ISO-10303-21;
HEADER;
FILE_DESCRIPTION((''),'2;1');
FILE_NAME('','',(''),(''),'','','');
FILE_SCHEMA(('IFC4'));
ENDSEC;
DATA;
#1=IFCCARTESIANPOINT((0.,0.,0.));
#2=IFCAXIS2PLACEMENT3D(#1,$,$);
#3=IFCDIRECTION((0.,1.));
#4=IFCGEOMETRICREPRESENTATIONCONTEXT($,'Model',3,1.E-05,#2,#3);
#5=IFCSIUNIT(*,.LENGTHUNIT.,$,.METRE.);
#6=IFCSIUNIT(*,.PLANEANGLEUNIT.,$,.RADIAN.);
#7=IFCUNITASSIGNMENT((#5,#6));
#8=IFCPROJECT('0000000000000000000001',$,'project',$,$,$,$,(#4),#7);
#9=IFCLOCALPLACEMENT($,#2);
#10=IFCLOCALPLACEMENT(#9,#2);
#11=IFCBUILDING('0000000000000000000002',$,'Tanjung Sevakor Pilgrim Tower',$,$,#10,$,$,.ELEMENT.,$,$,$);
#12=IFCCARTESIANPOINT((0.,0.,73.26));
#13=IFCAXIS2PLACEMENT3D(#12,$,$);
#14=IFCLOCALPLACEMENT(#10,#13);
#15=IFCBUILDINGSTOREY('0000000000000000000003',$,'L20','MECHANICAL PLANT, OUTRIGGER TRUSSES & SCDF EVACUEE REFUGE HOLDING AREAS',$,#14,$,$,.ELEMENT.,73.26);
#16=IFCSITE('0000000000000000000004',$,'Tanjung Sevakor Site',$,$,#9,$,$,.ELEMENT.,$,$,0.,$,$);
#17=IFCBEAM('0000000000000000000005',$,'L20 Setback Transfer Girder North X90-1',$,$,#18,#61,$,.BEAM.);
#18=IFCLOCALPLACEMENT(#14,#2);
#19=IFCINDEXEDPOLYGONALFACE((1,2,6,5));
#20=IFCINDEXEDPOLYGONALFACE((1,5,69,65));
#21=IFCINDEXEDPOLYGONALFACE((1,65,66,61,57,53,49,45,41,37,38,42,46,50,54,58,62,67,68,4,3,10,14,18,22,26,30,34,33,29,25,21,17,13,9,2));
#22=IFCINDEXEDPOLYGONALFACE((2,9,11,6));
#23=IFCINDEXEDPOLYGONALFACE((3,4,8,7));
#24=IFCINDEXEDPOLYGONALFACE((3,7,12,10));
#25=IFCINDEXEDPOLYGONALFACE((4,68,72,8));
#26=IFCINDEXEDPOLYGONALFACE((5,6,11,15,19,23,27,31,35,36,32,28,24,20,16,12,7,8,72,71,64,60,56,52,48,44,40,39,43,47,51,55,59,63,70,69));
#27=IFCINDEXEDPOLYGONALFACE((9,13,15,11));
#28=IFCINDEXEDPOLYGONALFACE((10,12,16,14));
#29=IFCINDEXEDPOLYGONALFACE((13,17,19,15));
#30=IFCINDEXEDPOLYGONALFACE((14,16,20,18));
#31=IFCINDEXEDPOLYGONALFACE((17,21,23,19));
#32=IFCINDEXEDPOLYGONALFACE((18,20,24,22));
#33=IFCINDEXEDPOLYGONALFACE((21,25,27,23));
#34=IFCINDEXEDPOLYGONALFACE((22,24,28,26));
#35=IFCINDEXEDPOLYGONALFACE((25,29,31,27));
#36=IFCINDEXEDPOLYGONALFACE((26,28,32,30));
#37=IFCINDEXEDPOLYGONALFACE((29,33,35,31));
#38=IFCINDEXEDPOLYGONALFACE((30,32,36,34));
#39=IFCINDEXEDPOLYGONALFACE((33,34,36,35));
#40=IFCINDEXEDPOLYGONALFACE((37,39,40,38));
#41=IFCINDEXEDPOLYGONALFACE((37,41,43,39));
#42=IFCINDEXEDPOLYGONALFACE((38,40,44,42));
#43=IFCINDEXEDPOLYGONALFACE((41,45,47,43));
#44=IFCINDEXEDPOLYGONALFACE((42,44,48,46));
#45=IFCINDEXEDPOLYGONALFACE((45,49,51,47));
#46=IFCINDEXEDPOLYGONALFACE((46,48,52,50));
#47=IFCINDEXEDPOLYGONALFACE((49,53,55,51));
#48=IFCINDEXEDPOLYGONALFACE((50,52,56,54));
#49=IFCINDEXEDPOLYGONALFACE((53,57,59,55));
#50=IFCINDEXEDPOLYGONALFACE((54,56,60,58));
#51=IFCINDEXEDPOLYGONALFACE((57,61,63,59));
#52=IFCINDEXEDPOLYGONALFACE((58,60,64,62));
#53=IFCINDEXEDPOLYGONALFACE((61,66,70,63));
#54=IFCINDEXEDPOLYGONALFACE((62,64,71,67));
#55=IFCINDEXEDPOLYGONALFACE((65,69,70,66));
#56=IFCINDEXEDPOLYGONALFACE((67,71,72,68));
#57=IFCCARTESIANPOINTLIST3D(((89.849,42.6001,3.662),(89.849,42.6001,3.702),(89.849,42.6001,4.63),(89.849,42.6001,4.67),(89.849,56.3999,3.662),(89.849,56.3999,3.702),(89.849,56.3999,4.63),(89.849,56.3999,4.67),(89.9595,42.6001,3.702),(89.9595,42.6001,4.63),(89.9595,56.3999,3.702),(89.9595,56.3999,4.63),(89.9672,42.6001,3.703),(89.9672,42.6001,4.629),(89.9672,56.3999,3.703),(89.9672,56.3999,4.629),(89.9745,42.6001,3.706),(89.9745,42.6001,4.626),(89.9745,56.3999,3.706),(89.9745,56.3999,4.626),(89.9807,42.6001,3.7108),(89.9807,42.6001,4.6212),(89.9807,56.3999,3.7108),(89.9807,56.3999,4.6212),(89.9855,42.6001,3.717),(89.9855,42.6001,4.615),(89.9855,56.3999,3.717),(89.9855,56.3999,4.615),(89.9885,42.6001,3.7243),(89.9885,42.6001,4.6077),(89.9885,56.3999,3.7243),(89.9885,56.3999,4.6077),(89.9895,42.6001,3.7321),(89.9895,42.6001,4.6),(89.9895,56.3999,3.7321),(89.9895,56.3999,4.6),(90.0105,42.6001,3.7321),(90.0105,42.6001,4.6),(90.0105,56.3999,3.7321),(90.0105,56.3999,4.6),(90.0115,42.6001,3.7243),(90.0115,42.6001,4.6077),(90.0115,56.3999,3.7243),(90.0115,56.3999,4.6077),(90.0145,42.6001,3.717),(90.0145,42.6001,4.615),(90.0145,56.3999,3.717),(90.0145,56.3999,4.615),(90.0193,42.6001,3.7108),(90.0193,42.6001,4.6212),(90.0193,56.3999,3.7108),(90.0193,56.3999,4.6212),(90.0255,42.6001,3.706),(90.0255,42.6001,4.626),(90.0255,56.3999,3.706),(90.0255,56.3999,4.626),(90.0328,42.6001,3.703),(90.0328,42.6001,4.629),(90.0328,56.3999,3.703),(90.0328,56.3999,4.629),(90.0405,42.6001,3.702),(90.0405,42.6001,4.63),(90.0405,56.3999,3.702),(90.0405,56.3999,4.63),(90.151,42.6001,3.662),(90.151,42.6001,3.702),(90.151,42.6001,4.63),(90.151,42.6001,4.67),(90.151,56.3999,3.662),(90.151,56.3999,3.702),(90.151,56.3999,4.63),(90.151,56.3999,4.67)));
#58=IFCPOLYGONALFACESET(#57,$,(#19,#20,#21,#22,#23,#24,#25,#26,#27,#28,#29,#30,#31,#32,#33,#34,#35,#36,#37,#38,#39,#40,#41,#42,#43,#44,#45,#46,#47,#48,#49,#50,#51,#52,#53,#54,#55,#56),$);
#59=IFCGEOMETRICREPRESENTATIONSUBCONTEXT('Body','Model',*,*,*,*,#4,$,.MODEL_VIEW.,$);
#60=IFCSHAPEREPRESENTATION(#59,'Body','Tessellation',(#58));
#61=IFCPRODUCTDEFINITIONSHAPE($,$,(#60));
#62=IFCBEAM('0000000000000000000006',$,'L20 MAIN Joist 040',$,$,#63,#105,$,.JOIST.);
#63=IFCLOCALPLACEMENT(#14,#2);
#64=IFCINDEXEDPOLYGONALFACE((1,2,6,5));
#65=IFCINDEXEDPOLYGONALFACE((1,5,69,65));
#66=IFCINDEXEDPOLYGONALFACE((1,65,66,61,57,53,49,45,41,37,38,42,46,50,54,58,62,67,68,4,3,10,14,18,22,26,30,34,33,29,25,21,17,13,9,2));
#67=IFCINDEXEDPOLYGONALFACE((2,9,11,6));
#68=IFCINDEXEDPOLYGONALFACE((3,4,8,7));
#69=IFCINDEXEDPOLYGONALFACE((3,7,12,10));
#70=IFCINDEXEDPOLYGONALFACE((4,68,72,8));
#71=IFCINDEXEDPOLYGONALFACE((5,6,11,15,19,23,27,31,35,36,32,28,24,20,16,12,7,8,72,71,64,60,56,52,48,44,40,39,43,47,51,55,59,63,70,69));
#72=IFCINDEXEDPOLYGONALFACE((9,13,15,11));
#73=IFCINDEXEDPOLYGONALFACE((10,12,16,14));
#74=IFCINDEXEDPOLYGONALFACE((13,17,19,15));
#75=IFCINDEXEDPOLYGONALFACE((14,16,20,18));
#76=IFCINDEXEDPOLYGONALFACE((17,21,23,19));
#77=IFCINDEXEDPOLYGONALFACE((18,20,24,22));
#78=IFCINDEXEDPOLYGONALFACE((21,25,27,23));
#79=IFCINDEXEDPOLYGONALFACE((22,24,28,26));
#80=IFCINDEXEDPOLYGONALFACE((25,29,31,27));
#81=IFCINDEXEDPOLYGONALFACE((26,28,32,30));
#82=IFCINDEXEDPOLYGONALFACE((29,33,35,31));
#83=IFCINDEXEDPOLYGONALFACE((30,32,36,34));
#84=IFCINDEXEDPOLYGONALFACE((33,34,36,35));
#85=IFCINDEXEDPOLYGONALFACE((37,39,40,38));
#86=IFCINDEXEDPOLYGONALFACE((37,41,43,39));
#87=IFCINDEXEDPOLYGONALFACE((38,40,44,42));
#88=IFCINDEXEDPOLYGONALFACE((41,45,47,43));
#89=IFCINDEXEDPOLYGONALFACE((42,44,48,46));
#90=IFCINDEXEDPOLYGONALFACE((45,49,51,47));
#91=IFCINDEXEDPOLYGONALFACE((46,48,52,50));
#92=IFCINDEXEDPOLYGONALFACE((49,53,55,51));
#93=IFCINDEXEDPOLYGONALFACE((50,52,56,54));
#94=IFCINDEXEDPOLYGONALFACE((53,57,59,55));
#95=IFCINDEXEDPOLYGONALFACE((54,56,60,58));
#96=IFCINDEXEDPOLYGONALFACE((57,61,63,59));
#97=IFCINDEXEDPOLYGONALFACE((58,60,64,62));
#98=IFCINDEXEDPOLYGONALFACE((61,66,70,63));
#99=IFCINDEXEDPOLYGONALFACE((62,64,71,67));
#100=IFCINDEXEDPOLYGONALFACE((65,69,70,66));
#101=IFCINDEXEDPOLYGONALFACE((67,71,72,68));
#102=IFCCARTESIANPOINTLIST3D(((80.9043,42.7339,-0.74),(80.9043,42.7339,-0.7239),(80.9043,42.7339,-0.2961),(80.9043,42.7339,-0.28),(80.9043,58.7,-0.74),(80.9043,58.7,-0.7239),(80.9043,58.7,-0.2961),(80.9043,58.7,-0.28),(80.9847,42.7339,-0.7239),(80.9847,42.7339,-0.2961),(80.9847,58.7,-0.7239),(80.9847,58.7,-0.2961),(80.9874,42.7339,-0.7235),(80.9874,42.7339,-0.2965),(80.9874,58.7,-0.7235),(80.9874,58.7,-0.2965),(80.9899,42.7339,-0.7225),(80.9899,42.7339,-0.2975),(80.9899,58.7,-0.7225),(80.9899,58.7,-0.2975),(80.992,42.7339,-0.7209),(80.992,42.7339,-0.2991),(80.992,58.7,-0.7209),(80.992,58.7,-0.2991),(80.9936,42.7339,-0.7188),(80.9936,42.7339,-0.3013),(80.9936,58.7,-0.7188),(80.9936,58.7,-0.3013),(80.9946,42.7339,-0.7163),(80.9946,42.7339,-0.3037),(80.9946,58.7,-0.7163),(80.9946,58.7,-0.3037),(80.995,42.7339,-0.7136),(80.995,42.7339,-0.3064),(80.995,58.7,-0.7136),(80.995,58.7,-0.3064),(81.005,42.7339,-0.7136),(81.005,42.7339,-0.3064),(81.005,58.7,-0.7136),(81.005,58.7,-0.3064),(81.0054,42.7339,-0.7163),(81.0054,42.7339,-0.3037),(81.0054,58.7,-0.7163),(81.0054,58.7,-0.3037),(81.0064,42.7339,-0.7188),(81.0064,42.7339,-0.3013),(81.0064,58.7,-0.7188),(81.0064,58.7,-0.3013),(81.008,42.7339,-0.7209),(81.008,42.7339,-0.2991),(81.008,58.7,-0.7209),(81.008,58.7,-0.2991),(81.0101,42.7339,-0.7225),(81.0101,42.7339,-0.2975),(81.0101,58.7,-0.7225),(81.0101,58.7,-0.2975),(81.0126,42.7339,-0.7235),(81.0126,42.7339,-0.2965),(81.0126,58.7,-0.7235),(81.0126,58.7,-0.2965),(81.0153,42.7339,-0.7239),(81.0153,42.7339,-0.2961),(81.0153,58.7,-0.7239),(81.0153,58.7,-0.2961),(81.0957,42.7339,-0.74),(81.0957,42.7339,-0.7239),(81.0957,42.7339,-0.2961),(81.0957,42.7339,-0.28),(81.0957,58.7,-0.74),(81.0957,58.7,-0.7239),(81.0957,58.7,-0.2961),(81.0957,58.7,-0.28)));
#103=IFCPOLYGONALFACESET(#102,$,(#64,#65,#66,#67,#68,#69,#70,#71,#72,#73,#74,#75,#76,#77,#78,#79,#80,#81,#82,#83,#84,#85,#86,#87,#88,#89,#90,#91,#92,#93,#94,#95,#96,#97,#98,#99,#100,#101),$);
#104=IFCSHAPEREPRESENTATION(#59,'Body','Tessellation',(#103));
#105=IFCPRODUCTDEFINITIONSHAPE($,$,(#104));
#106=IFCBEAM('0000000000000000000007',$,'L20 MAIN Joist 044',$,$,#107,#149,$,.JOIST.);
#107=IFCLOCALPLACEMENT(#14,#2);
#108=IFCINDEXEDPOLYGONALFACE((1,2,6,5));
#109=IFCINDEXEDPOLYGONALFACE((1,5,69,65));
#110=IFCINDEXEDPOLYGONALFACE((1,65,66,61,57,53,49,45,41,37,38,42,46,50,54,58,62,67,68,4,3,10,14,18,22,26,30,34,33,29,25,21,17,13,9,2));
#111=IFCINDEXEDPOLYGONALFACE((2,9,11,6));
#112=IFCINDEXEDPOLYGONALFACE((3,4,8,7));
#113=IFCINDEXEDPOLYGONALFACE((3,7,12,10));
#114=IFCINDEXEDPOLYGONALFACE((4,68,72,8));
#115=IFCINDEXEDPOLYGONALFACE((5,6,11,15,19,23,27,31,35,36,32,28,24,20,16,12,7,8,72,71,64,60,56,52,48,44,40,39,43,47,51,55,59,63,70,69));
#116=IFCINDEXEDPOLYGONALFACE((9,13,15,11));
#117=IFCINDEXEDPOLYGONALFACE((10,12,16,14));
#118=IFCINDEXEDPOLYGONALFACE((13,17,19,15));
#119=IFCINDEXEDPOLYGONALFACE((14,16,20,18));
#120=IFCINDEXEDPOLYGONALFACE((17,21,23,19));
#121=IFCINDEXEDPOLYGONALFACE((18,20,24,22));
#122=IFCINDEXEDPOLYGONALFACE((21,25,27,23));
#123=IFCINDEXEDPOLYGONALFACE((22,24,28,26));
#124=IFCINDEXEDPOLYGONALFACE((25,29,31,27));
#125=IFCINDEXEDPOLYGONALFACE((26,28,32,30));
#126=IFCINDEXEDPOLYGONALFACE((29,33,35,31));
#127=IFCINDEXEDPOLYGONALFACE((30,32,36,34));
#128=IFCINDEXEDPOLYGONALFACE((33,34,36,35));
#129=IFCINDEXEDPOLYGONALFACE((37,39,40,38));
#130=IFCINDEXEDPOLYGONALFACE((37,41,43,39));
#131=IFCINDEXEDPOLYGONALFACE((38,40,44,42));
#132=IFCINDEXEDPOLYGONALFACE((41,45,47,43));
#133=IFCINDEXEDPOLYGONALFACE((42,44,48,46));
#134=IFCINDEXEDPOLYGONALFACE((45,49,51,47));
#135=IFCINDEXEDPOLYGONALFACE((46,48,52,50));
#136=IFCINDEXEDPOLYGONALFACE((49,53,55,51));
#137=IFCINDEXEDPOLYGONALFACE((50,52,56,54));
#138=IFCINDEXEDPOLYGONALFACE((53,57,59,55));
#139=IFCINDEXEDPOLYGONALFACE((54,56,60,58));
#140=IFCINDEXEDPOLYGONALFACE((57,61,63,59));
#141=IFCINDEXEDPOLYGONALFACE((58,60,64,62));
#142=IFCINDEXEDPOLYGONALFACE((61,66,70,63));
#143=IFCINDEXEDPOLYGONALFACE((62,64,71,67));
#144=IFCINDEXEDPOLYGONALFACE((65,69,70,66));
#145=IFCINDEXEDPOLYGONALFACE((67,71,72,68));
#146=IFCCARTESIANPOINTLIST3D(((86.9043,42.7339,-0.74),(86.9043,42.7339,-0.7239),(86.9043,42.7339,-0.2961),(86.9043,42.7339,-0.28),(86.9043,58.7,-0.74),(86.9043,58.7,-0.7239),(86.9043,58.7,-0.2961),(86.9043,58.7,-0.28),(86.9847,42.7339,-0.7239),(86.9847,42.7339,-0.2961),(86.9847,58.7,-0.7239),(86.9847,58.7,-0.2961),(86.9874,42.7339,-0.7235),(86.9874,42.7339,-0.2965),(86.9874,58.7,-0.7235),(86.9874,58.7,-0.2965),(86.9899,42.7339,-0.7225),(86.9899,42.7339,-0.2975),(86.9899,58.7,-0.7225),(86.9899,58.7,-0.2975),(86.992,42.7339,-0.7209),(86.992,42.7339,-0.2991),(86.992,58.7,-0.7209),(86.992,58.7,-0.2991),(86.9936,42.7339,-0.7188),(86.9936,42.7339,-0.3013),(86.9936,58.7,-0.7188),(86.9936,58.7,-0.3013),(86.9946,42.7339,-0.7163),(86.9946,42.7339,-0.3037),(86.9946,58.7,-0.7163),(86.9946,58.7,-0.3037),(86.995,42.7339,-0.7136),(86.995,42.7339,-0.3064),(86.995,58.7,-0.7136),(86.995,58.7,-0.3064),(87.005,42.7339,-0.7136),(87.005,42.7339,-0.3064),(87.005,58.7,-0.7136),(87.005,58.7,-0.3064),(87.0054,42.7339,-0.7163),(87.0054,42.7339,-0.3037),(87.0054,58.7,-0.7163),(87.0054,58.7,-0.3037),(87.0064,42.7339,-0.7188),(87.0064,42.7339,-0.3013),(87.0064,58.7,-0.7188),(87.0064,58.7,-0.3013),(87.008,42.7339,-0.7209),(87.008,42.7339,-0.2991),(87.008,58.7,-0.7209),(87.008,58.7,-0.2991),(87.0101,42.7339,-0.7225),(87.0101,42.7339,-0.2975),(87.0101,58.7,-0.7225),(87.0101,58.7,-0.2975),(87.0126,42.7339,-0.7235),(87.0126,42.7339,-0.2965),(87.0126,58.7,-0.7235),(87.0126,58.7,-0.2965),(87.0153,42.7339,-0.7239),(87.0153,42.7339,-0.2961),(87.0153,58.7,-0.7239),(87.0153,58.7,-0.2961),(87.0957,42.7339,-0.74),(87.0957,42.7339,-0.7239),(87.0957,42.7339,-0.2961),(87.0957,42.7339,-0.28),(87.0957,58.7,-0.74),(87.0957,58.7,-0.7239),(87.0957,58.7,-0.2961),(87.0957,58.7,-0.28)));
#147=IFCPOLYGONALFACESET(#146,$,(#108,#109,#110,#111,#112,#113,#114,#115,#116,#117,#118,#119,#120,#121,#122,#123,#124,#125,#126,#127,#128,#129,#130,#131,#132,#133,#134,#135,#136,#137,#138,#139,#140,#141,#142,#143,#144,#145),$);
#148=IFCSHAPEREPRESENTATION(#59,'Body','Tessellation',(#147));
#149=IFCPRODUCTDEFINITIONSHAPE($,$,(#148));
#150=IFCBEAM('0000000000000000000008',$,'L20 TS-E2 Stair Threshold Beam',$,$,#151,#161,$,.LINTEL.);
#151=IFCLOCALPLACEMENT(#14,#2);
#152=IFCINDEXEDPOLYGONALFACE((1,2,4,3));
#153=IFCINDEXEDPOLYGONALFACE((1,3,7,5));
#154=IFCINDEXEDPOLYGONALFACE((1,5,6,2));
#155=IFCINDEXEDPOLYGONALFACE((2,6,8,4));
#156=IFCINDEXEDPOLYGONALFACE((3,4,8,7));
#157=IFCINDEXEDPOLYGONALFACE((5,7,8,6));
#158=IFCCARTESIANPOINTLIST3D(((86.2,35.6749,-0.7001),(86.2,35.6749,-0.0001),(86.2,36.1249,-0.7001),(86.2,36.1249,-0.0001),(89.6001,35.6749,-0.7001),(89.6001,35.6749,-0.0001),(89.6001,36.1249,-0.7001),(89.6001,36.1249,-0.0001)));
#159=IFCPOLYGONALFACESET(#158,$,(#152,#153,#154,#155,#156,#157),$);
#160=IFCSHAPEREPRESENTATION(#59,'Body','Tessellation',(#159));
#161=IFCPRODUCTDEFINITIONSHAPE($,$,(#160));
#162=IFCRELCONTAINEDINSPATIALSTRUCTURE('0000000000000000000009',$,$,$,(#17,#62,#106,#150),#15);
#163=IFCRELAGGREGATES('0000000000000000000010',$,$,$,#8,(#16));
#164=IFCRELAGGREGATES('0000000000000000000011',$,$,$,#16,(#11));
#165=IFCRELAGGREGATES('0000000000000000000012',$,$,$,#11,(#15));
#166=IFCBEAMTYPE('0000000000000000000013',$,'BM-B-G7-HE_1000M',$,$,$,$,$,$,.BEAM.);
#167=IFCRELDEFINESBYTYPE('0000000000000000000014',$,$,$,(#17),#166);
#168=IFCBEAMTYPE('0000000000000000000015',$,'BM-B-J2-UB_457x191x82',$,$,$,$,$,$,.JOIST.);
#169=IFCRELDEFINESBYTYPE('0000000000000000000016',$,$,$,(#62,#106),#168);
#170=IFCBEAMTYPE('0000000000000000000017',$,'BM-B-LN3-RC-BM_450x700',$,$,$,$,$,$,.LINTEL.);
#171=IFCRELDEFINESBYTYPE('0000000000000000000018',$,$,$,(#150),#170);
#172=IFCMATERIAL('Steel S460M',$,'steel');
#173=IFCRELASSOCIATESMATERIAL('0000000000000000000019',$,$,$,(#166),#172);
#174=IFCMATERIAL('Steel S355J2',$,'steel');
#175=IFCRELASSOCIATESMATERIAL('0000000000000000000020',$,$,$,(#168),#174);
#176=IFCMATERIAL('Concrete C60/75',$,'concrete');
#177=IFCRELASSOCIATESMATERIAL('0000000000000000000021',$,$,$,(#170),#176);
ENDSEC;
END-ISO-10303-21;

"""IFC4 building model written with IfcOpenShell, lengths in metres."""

from ifc_helpers import new_model, si_unit, direction, frame, origin, origin_2d, place, context, subcontext, project, spatial, rectangle, i_section, extrude, material, material_profile, profile_set, type_object, element, save


model = new_model("IFC4")

# Units and contexts
model_context = context("Model", 3, precision=1e-05, world=origin(), true_north=direction((0.0, 1.0)))
body_context = subcontext(model_context, "Body", "Model", "MODEL_VIEW")
ifc_project = project(units=[si_unit("LENGTHUNIT", "METRE"), si_unit("PLANEANGLEUNIT", "RADIAN")], contexts=[model_context])

# Site, building, storey
site_placement = place(None, origin())
site = spatial("IfcSite", under=ifc_project, at=site_placement, Name="Tanjung Sevakor Site", CompositionType="ELEMENT", RefElevation=0.0)
building_placement = place(site_placement, origin())
building = spatial("IfcBuilding", under=site, at=building_placement, Name="Tanjung Sevakor Pilgrim Tower", CompositionType="ELEMENT")
storey_placement = place(building_placement, frame((0.0, 0.0, 73.26)))
storey = spatial("IfcBuildingStorey", under=building, at=storey_placement, Name="L20", Description="MECHANICAL PLANT, OUTRIGGER TRUSSES & SCDF EVACUEE REFUGE HOLDING AREAS", CompositionType="ELEMENT", Elevation=73.26)

# Beams
ifc_material_1 = material(Name="Steel S460M", Category="steel")
ifc_material_profile_1 = material_profile(ifc_material_1, i_section(OverallWidth=0.302, OverallDepth=1.0081, WebThickness=0.021, FlangeThickness=0.04, FilletRadius=0.03, at=origin_2d()))
ifc_profile_set_1 = profile_set([ifc_material_profile_1], Name="Steel S460M")
beam_type_1 = type_object("IfcBeamType", Name="BM-B-G7-HE_1000M", PredefinedType="BEAM", material=ifc_profile_set_1)
for number, where, z_axis, x_axis, name in (
    (1, (90.0, 42.6001, 4.166), (0.0, 1.0, 0.0), (-1.0, 0.0, 0.0), "L20 Setback Transfer Girder North X90-1"),
):
    element("IfcBeam", number, at=place(storey_placement, frame(where, z_axis=z_axis, x_axis=x_axis)), inside=storey, type_object=beam_type_1, Name=name, PredefinedType="BEAM", context=body_context, shape_type="SweptSolid", body=[
        extrude(i_section(OverallWidth=0.302, OverallDepth=1.0081, WebThickness=0.021, FlangeThickness=0.04, FilletRadius=0.03, at=origin_2d()), origin(), (0.0, 0.0, 1.0), 13.7998),
    ])
ifc_material_2 = material(Name="Steel S355J2", Category="steel")
ifc_material_profile_2 = material_profile(ifc_material_2, i_section(OverallWidth=0.1914, OverallDepth=0.46, WebThickness=0.01, FlangeThickness=0.0161, FilletRadius=0.0103, at=origin_2d()))
ifc_profile_set_2 = profile_set([ifc_material_profile_2], Name="Steel S355J2")
beam_type_2 = type_object("IfcBeamType", Name="BM-B-J2-UB_457x191x82", PredefinedType="JOIST", material=ifc_profile_set_2)
for number, where, z_axis, x_axis, name in (
    (2, (81.0, 42.7339, -0.51), (0.0, 1.0, 0.0), (-1.0, 0.0, 0.0), "L20 MAIN Joist 040"),
    (3, (87.0, 42.7339, -0.51), (0.0, 1.0, 0.0), (-1.0, 0.0, 0.0), "L20 MAIN Joist 044"),
):
    element("IfcBeam", number, at=place(storey_placement, frame(where, z_axis=z_axis, x_axis=x_axis)), inside=storey, type_object=beam_type_2, Name=name, PredefinedType="JOIST", context=body_context, shape_type="SweptSolid", body=[
        extrude(i_section(OverallWidth=0.1914, OverallDepth=0.46, WebThickness=0.01, FlangeThickness=0.0161, FilletRadius=0.0103, at=origin_2d()), origin(), (0.0, 0.0, 1.0), 15.9661),
    ])
ifc_material_3 = material(Name="Concrete C60/75", Category="concrete")
ifc_material_profile_3 = material_profile(ifc_material_3, rectangle(XDim=0.45, YDim=0.7, at=origin_2d()))
ifc_profile_set_3 = profile_set([ifc_material_profile_3], Name="Concrete C60/75")
beam_type_3 = type_object("IfcBeamType", Name="BM-B-LN3-RC-BM_450x700", PredefinedType="LINTEL", material=ifc_profile_set_3)
beam_1_placement = place(storey_placement, frame((86.2, 35.8999, -0.3501), z_axis=(1.0, 0.0, 0.0), x_axis=(0.0, 1.0, 0.0)))
element("IfcBeam", 4, at=beam_1_placement, inside=storey, type_object=beam_type_3, Name="L20 TS-E2 Stair Threshold Beam", PredefinedType="LINTEL", context=body_context, shape_type="SweptSolid", body=[
    extrude(rectangle(XDim=0.45, YDim=0.7, at=origin_2d()), origin(), (0.0, 0.0, 1.0), 3.4001),
])

save(model, "model.ifc")
